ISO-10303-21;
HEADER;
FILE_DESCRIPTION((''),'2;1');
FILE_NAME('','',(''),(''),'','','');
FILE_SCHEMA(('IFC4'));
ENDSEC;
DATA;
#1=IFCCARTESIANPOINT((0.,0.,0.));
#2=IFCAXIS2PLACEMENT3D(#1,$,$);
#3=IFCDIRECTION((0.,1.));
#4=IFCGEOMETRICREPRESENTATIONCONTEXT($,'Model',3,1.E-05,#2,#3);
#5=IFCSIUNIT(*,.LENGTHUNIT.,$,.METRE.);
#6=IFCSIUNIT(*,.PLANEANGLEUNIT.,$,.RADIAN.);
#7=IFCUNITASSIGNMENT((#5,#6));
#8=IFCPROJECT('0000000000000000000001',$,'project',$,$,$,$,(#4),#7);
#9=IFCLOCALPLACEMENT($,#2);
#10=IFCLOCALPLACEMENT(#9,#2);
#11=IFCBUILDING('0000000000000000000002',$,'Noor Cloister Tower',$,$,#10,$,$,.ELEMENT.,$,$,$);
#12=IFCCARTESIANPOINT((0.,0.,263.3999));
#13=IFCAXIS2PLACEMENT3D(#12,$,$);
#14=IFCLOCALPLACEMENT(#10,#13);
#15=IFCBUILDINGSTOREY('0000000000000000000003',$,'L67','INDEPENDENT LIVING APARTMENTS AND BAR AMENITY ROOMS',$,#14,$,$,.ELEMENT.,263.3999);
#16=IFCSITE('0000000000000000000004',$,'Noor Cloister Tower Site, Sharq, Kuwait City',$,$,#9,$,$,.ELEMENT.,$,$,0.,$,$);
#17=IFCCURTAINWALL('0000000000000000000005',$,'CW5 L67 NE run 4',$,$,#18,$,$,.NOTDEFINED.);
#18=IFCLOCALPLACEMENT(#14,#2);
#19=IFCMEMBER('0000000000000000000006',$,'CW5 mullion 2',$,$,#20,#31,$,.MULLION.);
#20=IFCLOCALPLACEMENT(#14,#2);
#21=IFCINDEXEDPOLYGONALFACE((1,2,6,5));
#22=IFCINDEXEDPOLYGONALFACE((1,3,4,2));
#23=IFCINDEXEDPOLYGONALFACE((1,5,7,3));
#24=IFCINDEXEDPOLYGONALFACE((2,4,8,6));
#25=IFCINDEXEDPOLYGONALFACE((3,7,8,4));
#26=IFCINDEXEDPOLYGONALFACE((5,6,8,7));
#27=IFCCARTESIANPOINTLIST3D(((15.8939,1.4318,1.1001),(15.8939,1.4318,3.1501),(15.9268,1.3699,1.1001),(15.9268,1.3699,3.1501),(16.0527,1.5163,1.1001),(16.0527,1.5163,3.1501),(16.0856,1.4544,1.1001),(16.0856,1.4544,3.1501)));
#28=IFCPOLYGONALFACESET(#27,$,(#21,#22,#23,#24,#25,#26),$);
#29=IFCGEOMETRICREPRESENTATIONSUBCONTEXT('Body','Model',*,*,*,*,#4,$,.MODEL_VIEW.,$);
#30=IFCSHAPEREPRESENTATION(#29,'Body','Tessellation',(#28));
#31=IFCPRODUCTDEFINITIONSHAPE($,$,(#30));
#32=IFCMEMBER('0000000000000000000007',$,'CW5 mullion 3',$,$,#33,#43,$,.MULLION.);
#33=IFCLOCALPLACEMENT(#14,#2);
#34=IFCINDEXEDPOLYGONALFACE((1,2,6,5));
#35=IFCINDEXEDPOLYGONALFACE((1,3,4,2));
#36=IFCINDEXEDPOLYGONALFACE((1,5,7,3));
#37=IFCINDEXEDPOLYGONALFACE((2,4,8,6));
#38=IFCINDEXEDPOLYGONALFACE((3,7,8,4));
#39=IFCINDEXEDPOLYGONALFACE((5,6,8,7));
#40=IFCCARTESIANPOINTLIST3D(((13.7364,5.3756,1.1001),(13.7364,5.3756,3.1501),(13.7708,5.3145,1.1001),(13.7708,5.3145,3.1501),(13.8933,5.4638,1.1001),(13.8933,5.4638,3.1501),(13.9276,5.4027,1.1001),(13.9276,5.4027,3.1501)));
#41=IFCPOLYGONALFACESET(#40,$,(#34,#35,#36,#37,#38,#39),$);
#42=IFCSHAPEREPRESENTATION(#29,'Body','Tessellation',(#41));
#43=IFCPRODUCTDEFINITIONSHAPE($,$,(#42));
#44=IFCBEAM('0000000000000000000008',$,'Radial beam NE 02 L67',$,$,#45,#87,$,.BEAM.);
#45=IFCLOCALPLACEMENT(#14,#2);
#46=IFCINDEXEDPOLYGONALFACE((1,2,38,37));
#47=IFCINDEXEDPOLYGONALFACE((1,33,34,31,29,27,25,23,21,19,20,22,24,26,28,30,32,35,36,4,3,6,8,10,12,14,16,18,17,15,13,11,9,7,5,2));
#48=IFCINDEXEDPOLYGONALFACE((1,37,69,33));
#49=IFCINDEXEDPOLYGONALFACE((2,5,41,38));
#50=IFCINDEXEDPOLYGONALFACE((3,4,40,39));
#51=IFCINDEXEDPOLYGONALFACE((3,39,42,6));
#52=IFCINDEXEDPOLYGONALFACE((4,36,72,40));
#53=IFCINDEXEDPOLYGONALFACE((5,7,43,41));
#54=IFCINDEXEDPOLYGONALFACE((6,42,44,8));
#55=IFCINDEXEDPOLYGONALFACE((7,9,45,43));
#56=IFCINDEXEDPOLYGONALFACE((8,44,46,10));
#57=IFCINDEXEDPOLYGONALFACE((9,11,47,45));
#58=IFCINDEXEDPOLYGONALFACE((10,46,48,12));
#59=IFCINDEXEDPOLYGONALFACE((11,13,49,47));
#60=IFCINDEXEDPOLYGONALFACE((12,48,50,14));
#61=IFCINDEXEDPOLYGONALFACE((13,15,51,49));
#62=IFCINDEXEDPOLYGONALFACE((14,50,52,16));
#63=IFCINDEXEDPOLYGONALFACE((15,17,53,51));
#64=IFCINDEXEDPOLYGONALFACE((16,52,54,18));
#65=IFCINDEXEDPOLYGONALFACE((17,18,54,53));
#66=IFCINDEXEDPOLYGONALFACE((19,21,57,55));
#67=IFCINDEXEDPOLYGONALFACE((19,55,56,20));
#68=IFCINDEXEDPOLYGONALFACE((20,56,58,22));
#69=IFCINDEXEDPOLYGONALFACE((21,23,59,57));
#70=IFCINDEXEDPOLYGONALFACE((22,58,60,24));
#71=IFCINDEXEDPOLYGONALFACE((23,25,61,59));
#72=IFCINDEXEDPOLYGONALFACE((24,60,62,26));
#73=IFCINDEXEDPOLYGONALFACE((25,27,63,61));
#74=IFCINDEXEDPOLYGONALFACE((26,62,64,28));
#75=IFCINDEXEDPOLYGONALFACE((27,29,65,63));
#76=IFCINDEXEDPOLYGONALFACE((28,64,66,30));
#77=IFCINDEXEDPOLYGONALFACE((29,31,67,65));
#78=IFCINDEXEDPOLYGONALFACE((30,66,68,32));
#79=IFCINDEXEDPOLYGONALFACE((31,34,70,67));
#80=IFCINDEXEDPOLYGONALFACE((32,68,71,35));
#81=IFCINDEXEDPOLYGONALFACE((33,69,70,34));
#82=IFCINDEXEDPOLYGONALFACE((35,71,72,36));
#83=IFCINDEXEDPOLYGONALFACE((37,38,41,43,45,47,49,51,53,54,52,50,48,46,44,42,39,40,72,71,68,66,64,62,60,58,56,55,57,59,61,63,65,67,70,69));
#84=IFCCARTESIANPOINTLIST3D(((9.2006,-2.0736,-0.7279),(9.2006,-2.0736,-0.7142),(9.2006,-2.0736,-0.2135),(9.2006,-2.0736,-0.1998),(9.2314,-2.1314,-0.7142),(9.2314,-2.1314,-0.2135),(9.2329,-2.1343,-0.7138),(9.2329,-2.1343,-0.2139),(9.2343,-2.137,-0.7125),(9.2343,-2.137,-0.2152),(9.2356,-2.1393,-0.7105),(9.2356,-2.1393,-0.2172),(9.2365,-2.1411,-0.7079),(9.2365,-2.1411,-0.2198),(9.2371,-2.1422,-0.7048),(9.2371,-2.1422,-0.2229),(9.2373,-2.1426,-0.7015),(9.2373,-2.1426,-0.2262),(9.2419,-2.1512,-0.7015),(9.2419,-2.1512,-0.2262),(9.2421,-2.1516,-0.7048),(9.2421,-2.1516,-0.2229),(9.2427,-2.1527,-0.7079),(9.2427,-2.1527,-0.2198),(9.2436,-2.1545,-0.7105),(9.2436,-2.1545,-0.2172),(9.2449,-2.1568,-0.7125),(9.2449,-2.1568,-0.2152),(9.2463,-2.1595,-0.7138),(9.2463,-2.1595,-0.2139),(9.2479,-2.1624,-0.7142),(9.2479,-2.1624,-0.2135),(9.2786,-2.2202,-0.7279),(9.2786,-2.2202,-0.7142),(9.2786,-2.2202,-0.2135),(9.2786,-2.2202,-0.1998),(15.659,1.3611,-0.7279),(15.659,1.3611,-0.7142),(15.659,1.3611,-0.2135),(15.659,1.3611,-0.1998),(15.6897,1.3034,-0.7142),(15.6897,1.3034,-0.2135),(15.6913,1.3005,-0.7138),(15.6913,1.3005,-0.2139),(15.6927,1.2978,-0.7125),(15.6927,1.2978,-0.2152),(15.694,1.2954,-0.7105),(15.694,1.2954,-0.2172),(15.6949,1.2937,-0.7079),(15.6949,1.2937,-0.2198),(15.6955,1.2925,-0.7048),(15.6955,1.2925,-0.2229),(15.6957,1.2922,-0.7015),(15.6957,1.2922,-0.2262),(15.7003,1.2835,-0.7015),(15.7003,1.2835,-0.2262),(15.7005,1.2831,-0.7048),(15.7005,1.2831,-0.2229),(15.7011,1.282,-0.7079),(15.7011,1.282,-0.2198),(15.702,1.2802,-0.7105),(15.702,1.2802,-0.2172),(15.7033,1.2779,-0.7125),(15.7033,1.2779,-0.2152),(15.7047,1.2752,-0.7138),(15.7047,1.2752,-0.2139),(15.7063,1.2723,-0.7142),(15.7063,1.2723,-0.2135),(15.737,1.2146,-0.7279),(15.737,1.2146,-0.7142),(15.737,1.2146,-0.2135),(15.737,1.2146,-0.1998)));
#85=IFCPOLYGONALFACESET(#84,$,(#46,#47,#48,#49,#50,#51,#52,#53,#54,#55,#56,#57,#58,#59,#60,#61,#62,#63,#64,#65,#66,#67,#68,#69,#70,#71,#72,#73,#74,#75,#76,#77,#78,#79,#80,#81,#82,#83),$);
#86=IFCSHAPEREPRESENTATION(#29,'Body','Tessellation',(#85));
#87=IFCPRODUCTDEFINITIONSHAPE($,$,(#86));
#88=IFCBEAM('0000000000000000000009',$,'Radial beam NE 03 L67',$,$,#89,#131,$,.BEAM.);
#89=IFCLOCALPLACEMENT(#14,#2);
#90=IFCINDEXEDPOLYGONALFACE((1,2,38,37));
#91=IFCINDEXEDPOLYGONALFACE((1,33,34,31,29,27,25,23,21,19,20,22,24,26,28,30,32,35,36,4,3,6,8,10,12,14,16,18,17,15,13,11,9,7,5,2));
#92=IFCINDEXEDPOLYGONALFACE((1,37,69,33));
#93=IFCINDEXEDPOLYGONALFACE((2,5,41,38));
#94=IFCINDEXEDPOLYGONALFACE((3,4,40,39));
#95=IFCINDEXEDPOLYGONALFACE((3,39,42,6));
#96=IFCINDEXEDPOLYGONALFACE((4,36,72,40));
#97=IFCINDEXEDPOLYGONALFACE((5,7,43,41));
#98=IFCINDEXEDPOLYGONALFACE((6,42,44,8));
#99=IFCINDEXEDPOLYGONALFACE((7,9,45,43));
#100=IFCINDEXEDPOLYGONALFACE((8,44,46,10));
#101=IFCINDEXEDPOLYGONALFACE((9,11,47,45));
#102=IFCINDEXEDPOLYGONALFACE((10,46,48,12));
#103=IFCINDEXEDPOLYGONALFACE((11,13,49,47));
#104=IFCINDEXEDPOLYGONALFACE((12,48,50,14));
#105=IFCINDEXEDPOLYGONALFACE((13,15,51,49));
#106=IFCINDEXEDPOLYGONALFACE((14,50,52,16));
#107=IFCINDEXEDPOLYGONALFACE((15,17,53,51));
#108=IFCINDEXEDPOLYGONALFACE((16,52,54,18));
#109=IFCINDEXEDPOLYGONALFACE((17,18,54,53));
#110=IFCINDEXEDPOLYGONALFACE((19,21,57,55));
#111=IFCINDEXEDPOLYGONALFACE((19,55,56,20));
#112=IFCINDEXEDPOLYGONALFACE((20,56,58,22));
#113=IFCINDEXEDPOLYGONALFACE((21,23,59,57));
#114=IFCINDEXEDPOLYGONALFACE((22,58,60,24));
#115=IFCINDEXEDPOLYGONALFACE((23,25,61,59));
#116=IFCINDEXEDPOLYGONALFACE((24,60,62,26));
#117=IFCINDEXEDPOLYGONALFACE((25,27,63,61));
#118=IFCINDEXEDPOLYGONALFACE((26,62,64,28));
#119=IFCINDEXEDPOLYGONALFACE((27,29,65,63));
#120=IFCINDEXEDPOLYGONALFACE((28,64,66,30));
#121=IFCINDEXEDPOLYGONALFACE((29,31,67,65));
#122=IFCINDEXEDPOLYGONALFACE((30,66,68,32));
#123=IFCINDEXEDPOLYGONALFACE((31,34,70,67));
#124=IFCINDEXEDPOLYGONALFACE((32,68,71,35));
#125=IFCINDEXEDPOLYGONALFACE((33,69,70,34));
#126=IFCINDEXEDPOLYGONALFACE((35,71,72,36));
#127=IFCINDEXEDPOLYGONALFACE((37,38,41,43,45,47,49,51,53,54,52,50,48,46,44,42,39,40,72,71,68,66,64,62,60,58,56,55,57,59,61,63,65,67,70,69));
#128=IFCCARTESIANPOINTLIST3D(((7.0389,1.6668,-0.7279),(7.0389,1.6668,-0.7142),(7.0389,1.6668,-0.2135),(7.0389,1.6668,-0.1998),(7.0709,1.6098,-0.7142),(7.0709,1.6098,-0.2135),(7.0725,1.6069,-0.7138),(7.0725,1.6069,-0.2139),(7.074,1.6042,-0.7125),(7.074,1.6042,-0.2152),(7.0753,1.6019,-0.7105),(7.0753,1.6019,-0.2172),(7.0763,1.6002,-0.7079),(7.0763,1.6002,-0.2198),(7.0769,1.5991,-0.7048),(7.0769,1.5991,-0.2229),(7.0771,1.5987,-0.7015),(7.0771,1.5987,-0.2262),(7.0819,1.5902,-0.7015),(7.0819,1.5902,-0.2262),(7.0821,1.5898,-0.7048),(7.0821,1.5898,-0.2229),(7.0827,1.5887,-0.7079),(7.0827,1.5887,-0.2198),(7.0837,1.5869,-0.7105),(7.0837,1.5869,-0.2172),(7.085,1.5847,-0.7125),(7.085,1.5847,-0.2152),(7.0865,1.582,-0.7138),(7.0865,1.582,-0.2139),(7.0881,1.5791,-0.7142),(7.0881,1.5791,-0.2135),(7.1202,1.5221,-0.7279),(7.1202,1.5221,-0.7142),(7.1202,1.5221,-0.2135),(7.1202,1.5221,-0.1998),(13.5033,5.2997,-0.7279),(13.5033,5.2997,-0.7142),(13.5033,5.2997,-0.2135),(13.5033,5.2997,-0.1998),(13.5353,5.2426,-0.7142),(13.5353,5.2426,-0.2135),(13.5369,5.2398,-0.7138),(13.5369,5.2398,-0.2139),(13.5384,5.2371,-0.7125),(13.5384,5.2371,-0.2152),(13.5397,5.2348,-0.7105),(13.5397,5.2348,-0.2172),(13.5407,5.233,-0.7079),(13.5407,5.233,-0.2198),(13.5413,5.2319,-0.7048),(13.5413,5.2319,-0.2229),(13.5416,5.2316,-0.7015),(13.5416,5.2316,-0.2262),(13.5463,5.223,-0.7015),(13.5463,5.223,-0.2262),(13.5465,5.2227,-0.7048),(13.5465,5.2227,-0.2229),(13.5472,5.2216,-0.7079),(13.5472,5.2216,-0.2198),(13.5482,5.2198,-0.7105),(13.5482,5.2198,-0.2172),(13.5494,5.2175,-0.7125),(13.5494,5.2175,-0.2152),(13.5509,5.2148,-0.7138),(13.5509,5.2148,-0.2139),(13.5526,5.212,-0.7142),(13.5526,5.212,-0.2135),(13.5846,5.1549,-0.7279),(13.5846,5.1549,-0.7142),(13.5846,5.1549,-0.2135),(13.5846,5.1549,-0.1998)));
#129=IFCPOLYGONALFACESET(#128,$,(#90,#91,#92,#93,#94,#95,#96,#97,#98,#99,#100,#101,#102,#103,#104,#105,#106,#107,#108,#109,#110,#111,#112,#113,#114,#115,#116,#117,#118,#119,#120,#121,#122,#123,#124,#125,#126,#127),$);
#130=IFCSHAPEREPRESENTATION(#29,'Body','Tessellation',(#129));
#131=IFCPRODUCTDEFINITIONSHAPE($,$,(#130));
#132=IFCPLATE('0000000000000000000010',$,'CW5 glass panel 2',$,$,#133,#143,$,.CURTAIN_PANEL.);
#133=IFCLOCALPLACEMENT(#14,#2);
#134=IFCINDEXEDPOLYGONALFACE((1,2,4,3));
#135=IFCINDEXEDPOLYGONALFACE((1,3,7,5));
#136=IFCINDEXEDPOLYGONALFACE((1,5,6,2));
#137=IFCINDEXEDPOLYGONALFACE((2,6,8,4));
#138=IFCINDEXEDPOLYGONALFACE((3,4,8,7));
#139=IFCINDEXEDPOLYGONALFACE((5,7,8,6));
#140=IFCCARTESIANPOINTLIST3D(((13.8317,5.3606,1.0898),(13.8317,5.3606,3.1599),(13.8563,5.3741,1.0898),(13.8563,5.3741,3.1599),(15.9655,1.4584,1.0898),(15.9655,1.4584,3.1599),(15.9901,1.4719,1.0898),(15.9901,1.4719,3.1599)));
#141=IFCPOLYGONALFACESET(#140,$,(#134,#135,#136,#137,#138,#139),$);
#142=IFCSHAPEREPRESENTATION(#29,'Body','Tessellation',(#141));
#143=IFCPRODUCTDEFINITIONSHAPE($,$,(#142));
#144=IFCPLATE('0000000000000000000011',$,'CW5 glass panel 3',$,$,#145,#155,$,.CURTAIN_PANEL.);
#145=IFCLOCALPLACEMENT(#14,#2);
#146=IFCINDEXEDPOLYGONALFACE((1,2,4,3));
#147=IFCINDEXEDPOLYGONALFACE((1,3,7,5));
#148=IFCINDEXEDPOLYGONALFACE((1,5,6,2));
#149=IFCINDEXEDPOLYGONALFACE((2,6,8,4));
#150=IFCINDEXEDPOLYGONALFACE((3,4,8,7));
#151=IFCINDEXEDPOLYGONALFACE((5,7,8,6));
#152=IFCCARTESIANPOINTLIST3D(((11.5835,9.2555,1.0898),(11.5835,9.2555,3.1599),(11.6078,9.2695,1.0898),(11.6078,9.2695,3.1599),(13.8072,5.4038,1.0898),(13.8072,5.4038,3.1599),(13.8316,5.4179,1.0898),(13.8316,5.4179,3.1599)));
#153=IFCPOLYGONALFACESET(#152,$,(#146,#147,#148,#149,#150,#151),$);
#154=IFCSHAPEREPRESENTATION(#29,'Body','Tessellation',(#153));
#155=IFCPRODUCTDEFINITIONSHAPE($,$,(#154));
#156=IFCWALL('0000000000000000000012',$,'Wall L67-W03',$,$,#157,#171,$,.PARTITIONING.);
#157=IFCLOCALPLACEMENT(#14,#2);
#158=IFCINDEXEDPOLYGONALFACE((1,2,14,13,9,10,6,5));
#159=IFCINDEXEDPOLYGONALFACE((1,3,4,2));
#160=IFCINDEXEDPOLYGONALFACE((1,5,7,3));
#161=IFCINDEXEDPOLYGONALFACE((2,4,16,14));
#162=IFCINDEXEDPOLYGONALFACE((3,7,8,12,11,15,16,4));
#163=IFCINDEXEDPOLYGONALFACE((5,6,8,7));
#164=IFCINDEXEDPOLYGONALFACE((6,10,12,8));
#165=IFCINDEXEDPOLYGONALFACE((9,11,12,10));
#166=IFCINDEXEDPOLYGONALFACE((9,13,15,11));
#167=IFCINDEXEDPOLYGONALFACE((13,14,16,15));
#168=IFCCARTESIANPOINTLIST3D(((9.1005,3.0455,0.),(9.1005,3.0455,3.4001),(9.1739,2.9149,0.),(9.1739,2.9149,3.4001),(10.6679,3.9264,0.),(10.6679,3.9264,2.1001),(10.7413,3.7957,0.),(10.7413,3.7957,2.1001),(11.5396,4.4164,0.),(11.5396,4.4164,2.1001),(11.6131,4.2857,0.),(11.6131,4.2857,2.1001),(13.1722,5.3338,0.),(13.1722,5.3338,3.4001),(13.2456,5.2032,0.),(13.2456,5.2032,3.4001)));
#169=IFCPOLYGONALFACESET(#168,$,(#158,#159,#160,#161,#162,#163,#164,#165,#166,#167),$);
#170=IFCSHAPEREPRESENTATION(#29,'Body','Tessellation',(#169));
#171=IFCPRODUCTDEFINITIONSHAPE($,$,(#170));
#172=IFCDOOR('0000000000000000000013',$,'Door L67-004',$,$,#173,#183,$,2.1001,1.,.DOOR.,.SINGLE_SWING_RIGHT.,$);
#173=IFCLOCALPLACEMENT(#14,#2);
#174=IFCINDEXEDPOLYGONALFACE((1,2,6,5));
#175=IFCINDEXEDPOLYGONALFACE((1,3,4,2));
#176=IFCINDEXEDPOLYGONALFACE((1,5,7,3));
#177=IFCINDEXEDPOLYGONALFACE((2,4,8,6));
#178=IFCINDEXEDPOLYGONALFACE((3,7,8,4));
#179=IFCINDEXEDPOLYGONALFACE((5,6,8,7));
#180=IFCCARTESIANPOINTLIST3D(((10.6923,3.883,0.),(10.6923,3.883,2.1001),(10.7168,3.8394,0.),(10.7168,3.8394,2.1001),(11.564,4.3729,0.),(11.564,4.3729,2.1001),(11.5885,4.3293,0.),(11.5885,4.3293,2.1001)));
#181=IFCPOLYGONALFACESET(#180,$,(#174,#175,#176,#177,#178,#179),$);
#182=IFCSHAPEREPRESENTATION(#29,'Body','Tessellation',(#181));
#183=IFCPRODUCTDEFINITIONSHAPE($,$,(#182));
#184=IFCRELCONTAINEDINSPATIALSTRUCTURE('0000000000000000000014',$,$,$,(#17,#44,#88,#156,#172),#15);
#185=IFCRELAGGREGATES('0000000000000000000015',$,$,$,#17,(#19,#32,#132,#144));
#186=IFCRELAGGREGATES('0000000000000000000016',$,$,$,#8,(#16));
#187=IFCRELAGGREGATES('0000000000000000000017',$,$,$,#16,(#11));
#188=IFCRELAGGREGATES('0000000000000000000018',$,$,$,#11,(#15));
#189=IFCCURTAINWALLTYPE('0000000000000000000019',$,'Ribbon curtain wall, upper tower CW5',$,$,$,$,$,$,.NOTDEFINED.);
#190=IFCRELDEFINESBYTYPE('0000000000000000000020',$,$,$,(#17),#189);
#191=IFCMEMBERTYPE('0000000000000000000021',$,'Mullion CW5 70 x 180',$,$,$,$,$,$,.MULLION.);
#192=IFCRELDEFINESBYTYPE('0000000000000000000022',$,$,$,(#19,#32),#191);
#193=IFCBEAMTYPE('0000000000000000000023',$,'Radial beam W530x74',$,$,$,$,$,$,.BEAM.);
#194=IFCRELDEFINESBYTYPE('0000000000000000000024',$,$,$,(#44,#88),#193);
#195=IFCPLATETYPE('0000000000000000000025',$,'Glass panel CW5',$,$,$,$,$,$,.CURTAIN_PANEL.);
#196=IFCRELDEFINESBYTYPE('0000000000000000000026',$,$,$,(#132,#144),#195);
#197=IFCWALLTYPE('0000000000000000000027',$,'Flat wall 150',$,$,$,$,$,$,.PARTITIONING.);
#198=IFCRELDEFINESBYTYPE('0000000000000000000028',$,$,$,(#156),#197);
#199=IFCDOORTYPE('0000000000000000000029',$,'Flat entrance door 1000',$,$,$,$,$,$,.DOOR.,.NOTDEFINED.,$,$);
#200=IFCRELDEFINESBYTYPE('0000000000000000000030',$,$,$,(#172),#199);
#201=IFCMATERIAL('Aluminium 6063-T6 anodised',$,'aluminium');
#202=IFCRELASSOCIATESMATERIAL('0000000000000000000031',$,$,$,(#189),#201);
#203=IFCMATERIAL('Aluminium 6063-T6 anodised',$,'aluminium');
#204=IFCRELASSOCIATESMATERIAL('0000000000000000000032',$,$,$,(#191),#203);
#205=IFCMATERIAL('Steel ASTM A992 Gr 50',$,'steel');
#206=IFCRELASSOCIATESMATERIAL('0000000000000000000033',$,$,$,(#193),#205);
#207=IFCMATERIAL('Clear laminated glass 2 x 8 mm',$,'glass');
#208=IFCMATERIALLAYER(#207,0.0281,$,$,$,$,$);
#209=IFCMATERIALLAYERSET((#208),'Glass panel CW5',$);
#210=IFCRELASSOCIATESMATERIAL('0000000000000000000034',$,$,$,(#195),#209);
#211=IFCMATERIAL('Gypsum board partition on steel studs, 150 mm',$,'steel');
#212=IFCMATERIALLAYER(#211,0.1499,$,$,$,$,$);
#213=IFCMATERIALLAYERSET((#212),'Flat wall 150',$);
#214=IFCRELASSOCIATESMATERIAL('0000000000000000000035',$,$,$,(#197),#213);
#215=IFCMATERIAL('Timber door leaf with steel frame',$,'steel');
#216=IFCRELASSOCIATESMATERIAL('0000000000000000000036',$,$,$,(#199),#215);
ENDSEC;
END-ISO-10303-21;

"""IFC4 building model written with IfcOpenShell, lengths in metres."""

from ifc_helpers import new_model, si_unit, direction, frame, frame_2d, origin, origin_2d, place, context, subcontext, project, spatial, rectangle, i_section, extrude, material, layer, layer_set, material_profile, profile_set, type_object, element, fill, aggregate, save


model = new_model("IFC4")

# Units and contexts
model_context = context("Model", 3, precision=1e-05, world=origin(), true_north=direction((0.0, 1.0)))
body_context = subcontext(model_context, "Body", "Model", "MODEL_VIEW")
ifc_project = project(units=[si_unit("LENGTHUNIT", "METRE"), si_unit("PLANEANGLEUNIT", "RADIAN")], contexts=[model_context])

# Site, building, storey
site_placement = place(None, origin())
site = spatial("IfcSite", under=ifc_project, at=site_placement, Name="Noor Cloister Tower Site, Sharq, Kuwait City", CompositionType="ELEMENT", RefElevation=0.0)
building_placement = place(site_placement, origin())
building = spatial("IfcBuilding", under=site, at=building_placement, Name="Noor Cloister Tower", CompositionType="ELEMENT")
storey_placement = place(building_placement, frame((0.0, 0.0, 263.3999)))
storey = spatial("IfcBuildingStorey", under=building, at=storey_placement, Name="L67", Description="INDEPENDENT LIVING APARTMENTS AND BAR AMENITY ROOMS", CompositionType="ELEMENT", Elevation=263.3999)

# Curtain wall, members
ifc_material_1 = material(Name="Aluminium 6063-T6 anodised", Category="aluminium")
curtain_wall_type = type_object("IfcCurtainWallType", Name="Ribbon curtain wall, upper tower CW5", PredefinedType="NOTDEFINED", material=ifc_material_1)
curtain_wall_placement = place(storey_placement, origin())
curtain_wall = element("IfcCurtainWall", 1, at=curtain_wall_placement, inside=storey, type_object=curtain_wall_type, Name="CW5 L67 NE run 4", PredefinedType="NOTDEFINED")
ifc_material_2 = material(Name="Aluminium 6063-T6 anodised", Category="aluminium")
ifc_material_profile_1 = material_profile(ifc_material_2, rectangle(XDim=0.1799, YDim=0.0701, at=origin_2d()), Name="180 x 70 mullion")
ifc_profile_set_1 = profile_set([ifc_material_profile_1], Name="Aluminium 6063-T6 anodised")
member_type = type_object("IfcMemberType", Name="Mullion CW5 70 x 180", PredefinedType="MULLION", material=ifc_profile_set_1)
member_1_placement = place(storey_placement, frame((15.9897, 1.4431, 1.1001), z_axis=(0.0, 0.0, 1.0), x_axis=(-0.882892, -0.469576, 0.0)))
member_1 = element("IfcMember", 2, at=member_1_placement, type_object=member_type, Name="CW5 mullion 2", PredefinedType="MULLION", context=body_context, shape_type="SweptSolid", body=[
    extrude(rectangle(XDim=0.1799, YDim=0.0701, at=origin_2d()), origin(), (0.0, 0.0, 1.0), 2.05),
])
member_2_placement = place(storey_placement, frame((13.832, 5.3892, 1.1001), z_axis=(0.0, 0.0, 1.0), x_axis=(-0.871765, -0.489924, 0.0)))
member_2 = element("IfcMember", 3, at=member_2_placement, type_object=member_type, Name="CW5 mullion 3", PredefinedType="MULLION", context=body_context, shape_type="SweptSolid", body=[
    extrude(rectangle(XDim=0.1799, YDim=0.0701, at=origin_2d()), origin(), (0.0, 0.0, 1.0), 2.05),
])

# Beams
ifc_material_3 = material(Name="Steel ASTM A992 Gr 50", Category="steel")
ifc_material_profile_2 = material_profile(ifc_material_3, i_section(OverallWidth=0.166, OverallDepth=0.5281, WebThickness=0.0098, FlangeThickness=0.0137, FilletRadius=0.0127, at=origin_2d()), Name="W530x74")
ifc_profile_set_2 = profile_set([ifc_material_profile_2], Name="Steel ASTM A992 Gr 50")
beam_type_1 = type_object("IfcBeamType", Name="Radial beam W530x74", PredefinedType="BEAM", material=ifc_profile_set_2)
beam_1_placement = place(storey_placement, frame((15.698, 1.2878, -0.4639), z_axis=(-0.882904, -0.469554, 0.0), x_axis=(0.469554, -0.882904, 0.0)))
element("IfcBeam", 4, at=beam_1_placement, inside=storey, type_object=beam_type_1, Name="Radial beam NE 02 L67", PredefinedType="BEAM", context=body_context, shape_type="SweptSolid", body=[
    extrude(i_section(OverallWidth=0.166, OverallDepth=0.5281, WebThickness=0.0098, FlangeThickness=0.0137, FilletRadius=0.0127, at=origin_2d()), origin(), (0.0, 0.0, 1.0), 7.3149),
])
beam_2_placement = place(storey_placement, frame((13.5439, 5.2273, -0.4639), z_axis=(-0.871771, -0.489914, 0.0), x_axis=(0.489914, -0.871771, 0.0)))
element("IfcBeam", 5, at=beam_2_placement, inside=storey, type_object=beam_type_1, Name="Radial beam NE 03 L67", PredefinedType="BEAM", context=body_context, shape_type="SweptSolid", body=[
    extrude(i_section(OverallWidth=0.166, OverallDepth=0.5281, WebThickness=0.0098, FlangeThickness=0.0137, FilletRadius=0.0127, at=origin_2d()), origin(), (0.0, 0.0, 1.0), 7.4153),
])

# Plates
ifc_material_4 = material(Name="Clear laminated glass 2 x 8 mm", Category="glass")
ifc_layer_1 = layer(ifc_material_4, 0.0281)
ifc_layer_set_1 = layer_set([ifc_layer_1], Name="Glass panel CW5")
plate_type = type_object("IfcPlateType", Name="Glass panel CW5", PredefinedType="CURTAIN_PANEL", material=ifc_layer_set_1)
plate_1_placement = place(storey_placement, frame((14.9109, 3.4163, 1.0898), z_axis=(0.0, 0.0, 1.0), x_axis=(-0.479782, 0.877388, 0.0)))
plate_1 = element("IfcPlate", 6, at=plate_1_placement, type_object=plate_type, Name="CW5 glass panel 2", PredefinedType="CURTAIN_PANEL", context=body_context, shape_type="SweptSolid", body=[
    extrude(rectangle(XDim=4.4475, YDim=0.0281, at=origin_2d()), origin(), (0.0, 0.0, 1.0), 2.0701),
])
plate_2_placement = place(storey_placement, frame((12.7075, 7.3367, 1.0898), z_axis=(0.0, 0.0, 1.0), x_axis=(-0.5, 0.866025, 0.0)))
plate_2 = element("IfcPlate", 7, at=plate_2_placement, type_object=plate_type, Name="CW5 glass panel 3", PredefinedType="CURTAIN_PANEL", context=body_context, shape_type="SweptSolid", body=[
    extrude(rectangle(XDim=4.4475, YDim=0.0281, at=origin_2d()), origin(), (0.0, 0.0, 1.0), 2.0701),
])
aggregate(curtain_wall, [member_1, member_2, plate_1, plate_2])

# Wall, opening, door
ifc_material_5 = material(Name="Gypsum board partition on steel studs, 150 mm", Category="steel")
ifc_layer_2 = layer(ifc_material_5, 0.1499)
ifc_layer_set_2 = layer_set([ifc_layer_2], Name="Flat wall 150")
wall_type_1 = type_object("IfcWallType", Name="Flat wall 150", PredefinedType="PARTITIONING", material=ifc_layer_set_2)
wall_1_placement = place(storey_placement, frame((13.209, 5.2686, 0.0), z_axis=(0.0, 0.0, 1.0), x_axis=(-0.871763, -0.489929, 0.0)))
wall_1 = element("IfcWall", 8, at=wall_1_placement, inside=storey, type_object=wall_type_1, Name="Wall L67-W03", PredefinedType="PARTITIONING", context=body_context, shape_type="SweptSolid", body=[
    extrude(rectangle(XDim=4.6707, YDim=0.1499, at=frame_2d((2.3354, 0.0))), origin(), (0.0, 0.0, 1.0), 3.4001),
])
opening_1_placement = place(wall_1_placement, frame((1.8728, 0.0, 0.0)))
opening_1 = element("IfcOpeningElement", 9, at=opening_1_placement, cuts=wall_1, PredefinedType="OPENING", context=body_context, shape_type="SweptSolid", body=[
    extrude(rectangle(XDim=1.0, YDim=2.1001, at=frame_2d((0.5, 1.05))), frame((0.0, 0.085, 0.0), z_axis=(0.0, -1.0, 0.0), x_axis=(1.0, 0.0, 0.0)), (0.0, 0.0, 1.0), 0.1699),
])
ifc_material_6 = material(Name="Timber door leaf with steel frame", Category="steel")
door_type_1 = type_object("IfcDoorType", Name="Flat entrance door 1000", OperationType="NOTDEFINED", PredefinedType="DOOR", material=ifc_material_6)
door_1_placement = place(opening_1_placement, origin())
door_1 = element("IfcDoor", 10, at=door_1_placement, inside=storey, type_object=door_type_1, Name="Door L67-004", OperationType="SINGLE_SWING_RIGHT", OverallHeight=2.1001, OverallWidth=1.0, PredefinedType="DOOR", context=body_context, shape_type="SweptSolid", body=[
    extrude(rectangle(XDim=1.0, YDim=2.1001, at=frame_2d((0.5, 1.05))), frame((0.0, 0.0249, 0.0), z_axis=(0.0, -1.0, 0.0), x_axis=(1.0, 0.0, 0.0)), (0.0, 0.0, 1.0), 0.05),
])
fill(opening_1, door_1)

save(model, "model.ifc")
